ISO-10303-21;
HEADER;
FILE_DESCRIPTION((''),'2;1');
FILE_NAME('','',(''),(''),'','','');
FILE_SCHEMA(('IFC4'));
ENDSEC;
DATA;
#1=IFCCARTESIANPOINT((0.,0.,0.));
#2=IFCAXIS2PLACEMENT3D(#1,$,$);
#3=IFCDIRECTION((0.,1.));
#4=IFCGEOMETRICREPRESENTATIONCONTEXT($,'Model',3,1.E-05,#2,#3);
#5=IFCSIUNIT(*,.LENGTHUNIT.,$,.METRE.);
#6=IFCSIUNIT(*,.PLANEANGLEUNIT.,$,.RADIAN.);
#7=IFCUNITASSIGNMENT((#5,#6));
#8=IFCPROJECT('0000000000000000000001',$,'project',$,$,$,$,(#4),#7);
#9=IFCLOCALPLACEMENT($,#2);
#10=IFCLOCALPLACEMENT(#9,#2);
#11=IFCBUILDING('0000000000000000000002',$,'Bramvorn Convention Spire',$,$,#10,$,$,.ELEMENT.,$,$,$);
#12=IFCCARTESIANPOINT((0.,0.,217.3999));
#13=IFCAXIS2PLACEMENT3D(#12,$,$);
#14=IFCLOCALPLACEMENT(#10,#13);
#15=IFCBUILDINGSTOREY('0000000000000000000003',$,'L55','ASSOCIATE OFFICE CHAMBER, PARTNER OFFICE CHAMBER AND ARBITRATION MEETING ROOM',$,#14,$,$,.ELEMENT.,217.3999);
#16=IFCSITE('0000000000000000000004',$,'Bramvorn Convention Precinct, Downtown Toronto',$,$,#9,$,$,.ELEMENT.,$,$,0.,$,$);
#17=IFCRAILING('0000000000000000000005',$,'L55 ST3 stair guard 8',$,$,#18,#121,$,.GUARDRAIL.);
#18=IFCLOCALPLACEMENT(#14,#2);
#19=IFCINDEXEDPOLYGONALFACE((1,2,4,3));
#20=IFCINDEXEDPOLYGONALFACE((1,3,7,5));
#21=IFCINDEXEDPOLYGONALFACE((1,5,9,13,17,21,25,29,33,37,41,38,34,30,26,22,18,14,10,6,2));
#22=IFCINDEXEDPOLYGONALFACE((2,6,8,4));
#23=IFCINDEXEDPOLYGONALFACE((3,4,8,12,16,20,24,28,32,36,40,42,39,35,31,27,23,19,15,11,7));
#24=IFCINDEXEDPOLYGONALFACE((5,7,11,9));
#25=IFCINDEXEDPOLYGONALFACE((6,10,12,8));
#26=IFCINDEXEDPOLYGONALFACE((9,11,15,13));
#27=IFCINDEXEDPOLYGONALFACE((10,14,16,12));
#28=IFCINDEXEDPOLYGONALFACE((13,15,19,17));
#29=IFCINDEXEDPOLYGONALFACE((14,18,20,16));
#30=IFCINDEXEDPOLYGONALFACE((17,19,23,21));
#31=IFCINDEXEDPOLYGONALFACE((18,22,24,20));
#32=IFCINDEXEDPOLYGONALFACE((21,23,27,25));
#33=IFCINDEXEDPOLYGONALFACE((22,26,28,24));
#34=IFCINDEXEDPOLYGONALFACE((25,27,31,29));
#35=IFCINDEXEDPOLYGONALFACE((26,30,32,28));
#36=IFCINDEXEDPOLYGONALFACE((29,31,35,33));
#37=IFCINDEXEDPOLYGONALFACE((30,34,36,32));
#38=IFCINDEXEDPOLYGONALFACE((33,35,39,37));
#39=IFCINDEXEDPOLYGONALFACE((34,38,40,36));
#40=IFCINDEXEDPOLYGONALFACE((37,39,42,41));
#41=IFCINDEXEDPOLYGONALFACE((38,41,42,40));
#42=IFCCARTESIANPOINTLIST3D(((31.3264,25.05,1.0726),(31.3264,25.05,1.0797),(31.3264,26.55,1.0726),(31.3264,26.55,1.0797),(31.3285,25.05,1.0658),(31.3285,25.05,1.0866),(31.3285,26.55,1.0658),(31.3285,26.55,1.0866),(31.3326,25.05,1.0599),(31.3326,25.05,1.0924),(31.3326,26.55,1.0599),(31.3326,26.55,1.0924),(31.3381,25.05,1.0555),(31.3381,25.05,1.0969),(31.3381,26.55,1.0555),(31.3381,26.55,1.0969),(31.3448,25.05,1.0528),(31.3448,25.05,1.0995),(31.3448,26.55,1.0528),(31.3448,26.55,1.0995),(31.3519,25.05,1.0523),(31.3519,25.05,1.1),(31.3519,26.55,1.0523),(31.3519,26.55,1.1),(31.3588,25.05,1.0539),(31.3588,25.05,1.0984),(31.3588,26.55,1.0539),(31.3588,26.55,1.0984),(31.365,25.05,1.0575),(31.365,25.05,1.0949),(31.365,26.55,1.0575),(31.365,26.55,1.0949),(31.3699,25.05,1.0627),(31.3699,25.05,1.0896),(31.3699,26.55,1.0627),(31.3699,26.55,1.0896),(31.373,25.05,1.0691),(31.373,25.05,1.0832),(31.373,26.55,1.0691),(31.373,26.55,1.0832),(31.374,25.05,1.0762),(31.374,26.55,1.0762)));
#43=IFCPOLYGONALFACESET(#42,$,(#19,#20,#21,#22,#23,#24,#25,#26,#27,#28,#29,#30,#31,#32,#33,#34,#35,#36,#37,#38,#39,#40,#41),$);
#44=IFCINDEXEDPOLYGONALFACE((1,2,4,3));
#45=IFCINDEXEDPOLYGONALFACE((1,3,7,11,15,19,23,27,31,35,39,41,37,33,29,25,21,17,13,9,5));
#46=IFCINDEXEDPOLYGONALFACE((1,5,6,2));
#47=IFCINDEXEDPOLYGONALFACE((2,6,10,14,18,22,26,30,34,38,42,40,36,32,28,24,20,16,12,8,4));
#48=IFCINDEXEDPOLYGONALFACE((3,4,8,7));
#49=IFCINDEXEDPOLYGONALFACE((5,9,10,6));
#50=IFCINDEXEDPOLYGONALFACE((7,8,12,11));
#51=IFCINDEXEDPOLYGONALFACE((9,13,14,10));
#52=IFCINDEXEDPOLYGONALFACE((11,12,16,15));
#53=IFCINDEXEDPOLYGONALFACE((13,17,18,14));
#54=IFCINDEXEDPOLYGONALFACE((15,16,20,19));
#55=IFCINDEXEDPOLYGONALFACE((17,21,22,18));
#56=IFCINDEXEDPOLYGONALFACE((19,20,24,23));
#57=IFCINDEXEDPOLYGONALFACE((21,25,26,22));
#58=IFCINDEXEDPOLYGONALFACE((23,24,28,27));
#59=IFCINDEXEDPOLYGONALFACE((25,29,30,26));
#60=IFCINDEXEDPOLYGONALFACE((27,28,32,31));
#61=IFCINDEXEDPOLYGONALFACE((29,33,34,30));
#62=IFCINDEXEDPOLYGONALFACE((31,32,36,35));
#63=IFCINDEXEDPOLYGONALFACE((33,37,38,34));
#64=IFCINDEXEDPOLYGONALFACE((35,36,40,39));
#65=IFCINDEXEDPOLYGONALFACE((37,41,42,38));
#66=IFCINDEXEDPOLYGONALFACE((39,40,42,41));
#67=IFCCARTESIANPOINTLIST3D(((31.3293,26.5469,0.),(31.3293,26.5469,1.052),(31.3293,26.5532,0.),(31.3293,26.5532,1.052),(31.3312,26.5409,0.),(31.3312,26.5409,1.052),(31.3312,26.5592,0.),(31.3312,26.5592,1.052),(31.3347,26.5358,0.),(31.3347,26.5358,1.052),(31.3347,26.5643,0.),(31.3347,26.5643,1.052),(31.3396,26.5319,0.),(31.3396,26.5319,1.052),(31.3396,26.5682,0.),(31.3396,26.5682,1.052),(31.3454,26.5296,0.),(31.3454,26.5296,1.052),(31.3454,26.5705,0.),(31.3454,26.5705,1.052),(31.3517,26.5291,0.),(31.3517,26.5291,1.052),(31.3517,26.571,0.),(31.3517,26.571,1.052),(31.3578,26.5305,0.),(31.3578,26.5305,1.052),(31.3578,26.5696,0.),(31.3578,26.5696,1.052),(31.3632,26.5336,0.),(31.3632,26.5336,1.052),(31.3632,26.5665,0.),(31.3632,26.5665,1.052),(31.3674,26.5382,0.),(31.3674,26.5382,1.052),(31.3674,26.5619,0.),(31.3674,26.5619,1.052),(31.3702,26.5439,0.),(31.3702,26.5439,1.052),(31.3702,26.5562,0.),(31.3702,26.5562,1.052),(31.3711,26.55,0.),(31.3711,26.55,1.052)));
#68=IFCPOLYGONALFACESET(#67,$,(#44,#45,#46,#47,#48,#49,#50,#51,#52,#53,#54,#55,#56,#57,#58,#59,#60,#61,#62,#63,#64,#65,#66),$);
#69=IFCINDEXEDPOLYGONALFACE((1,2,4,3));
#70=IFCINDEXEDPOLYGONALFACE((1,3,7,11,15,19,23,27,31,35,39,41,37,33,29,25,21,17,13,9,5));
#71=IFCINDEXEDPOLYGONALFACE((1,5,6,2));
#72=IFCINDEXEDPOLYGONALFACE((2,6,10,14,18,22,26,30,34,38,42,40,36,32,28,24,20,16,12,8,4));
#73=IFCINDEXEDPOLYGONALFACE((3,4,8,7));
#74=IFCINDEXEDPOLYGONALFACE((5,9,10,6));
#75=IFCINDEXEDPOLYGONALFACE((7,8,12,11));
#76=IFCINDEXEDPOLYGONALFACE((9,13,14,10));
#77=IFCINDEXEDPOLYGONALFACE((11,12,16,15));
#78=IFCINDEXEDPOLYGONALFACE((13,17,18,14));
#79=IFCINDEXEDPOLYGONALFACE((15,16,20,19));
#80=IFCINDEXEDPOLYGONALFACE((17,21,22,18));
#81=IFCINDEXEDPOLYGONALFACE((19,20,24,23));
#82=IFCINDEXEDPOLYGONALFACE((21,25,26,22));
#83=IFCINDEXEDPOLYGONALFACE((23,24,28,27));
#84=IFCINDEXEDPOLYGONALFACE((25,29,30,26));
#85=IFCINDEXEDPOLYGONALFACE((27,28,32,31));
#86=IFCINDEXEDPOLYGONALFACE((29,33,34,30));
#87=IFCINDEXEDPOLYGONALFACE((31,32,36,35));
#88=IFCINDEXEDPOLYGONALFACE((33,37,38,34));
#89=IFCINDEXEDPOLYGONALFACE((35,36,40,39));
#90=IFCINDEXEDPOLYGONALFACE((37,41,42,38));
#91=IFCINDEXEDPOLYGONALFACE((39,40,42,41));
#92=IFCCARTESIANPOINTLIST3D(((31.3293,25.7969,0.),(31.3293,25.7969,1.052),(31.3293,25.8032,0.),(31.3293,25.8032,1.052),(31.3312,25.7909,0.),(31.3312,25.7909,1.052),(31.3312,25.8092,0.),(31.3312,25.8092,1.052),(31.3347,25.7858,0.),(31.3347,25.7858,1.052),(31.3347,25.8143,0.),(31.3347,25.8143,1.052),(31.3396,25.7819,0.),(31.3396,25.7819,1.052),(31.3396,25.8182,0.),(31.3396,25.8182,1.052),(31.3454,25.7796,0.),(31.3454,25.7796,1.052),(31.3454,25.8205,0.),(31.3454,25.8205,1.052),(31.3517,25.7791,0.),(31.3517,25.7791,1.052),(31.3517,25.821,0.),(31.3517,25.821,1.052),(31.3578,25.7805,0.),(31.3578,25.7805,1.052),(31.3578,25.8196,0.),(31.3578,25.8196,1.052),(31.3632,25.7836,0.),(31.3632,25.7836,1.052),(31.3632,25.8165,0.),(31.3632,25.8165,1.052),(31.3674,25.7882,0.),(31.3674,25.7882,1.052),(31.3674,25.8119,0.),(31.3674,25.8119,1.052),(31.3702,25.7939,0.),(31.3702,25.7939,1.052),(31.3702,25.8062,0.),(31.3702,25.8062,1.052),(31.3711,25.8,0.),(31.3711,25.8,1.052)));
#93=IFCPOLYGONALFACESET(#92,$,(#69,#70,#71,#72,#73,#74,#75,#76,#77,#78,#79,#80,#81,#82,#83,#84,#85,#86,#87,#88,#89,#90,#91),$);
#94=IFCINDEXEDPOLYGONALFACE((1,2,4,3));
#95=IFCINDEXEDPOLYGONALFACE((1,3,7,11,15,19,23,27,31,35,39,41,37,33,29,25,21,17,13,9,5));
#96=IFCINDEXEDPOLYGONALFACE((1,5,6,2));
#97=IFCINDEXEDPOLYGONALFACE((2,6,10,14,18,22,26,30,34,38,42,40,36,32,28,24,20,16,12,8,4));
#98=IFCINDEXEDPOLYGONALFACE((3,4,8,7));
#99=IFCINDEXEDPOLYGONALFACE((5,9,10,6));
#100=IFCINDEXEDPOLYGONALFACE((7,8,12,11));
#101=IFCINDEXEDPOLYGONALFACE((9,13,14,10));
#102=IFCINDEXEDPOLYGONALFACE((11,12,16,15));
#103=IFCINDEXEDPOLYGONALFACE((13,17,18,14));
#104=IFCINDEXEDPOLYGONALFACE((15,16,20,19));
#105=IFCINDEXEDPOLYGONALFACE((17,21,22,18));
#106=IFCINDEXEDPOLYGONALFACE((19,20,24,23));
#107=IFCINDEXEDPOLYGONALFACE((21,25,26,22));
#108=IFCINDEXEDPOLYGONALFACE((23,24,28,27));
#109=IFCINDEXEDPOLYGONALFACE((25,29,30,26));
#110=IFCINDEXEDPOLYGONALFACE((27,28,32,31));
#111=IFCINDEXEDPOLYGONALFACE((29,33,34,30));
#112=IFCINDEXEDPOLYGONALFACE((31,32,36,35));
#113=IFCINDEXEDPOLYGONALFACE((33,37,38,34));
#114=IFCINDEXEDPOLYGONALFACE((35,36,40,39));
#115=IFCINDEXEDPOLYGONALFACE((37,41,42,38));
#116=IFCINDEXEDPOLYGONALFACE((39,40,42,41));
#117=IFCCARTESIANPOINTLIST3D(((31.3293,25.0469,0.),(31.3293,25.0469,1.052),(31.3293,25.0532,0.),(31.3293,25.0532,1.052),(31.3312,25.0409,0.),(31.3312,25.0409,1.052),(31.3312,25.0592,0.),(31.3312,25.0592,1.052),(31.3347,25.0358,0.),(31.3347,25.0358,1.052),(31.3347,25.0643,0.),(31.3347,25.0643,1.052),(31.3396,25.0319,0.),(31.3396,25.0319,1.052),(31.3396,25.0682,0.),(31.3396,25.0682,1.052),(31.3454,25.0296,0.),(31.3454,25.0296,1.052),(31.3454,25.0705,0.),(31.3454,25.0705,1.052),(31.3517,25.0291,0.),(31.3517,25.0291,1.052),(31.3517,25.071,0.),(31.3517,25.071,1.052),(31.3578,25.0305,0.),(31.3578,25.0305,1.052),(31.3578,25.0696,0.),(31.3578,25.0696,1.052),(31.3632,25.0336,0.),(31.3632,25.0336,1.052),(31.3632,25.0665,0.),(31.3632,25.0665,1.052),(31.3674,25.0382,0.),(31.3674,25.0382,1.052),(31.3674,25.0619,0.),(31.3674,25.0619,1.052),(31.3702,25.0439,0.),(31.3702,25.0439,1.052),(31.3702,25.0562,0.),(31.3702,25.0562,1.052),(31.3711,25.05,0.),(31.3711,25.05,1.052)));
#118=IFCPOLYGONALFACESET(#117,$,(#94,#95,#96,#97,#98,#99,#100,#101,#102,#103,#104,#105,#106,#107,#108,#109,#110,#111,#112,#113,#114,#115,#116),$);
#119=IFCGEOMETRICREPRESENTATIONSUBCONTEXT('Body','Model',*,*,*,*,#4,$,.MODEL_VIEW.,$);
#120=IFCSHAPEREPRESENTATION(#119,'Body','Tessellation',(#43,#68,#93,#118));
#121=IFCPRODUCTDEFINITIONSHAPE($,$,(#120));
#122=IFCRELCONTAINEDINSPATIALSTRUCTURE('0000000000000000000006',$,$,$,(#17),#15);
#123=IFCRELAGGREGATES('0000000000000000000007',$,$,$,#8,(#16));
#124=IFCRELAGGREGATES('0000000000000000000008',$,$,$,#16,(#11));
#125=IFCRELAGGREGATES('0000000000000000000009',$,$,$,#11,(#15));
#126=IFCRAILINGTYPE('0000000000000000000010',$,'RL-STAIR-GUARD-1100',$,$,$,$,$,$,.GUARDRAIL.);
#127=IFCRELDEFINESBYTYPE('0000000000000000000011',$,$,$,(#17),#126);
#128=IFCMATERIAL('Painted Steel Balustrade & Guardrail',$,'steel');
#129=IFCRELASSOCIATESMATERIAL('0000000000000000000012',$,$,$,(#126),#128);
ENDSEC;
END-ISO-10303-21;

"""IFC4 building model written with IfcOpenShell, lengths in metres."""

from ifc_helpers import new_model, si_unit, direction, frame, origin, origin_2d, place, context, subcontext, project, spatial, circle, extrude, material, type_object, element, save


model = new_model("IFC4")

# Units and contexts
model_context = context("Model", 3, precision=1e-05, world=origin(), true_north=direction((0.0, 1.0)))
body_context = subcontext(model_context, "Body", "Model", "MODEL_VIEW")
ifc_project = project(units=[si_unit("LENGTHUNIT", "METRE"), si_unit("PLANEANGLEUNIT", "RADIAN")], contexts=[model_context])

# Site, building, storey
site_placement = place(None, origin())
site = spatial("IfcSite", under=ifc_project, at=site_placement, Name="Bramvorn Convention Precinct, Downtown Toronto", CompositionType="ELEMENT", RefElevation=0.0)
building_placement = place(site_placement, origin())
building = spatial("IfcBuilding", under=site, at=building_placement, Name="Bramvorn Convention Spire", CompositionType="ELEMENT")
storey_placement = place(building_placement, frame((0.0, 0.0, 217.3999)))
storey = spatial("IfcBuildingStorey", under=building, at=storey_placement, Name="L55", Description="ASSOCIATE OFFICE CHAMBER, PARTNER OFFICE CHAMBER AND ARBITRATION MEETING ROOM", CompositionType="ELEMENT", Elevation=217.3999)

# Railing
ifc_material_1 = material(Name="Painted Steel Balustrade & Guardrail", Category="steel")
railing_type = type_object("IfcRailingType", Name="RL-STAIR-GUARD-1100", PredefinedType="GUARDRAIL", material=ifc_material_1)
railing_1_placement = place(storey_placement, frame((31.3501, 26.55, 0.0)))
element("IfcRailing", 1, at=railing_1_placement, inside=storey, type_object=railing_type, Name="L55 ST3 stair guard 8", PredefinedType="GUARDRAIL", context=body_context, shape_type="SweptSolid", body=[
    extrude(circle(Radius=0.0239, at=origin_2d()), frame((0.0, 0.0, 1.0762), z_axis=(0.0, -1.0, 0.0), x_axis=(1.0, 0.0, 0.0)), (0.0, 0.0, 1.0), 1.5),
    extrude(circle(Radius=0.021, at=origin_2d()), origin(), (0.0, 0.0, 1.0), 1.052),
    extrude(circle(Radius=0.021, at=origin_2d()), frame((0.0, -0.75, 0.0)), (0.0, 0.0, 1.0), 1.052),
    extrude(circle(Radius=0.021, at=origin_2d()), frame((0.0, -1.5, 0.0)), (0.0, 0.0, 1.0), 1.052),
])

save(model, "model.ifc")
